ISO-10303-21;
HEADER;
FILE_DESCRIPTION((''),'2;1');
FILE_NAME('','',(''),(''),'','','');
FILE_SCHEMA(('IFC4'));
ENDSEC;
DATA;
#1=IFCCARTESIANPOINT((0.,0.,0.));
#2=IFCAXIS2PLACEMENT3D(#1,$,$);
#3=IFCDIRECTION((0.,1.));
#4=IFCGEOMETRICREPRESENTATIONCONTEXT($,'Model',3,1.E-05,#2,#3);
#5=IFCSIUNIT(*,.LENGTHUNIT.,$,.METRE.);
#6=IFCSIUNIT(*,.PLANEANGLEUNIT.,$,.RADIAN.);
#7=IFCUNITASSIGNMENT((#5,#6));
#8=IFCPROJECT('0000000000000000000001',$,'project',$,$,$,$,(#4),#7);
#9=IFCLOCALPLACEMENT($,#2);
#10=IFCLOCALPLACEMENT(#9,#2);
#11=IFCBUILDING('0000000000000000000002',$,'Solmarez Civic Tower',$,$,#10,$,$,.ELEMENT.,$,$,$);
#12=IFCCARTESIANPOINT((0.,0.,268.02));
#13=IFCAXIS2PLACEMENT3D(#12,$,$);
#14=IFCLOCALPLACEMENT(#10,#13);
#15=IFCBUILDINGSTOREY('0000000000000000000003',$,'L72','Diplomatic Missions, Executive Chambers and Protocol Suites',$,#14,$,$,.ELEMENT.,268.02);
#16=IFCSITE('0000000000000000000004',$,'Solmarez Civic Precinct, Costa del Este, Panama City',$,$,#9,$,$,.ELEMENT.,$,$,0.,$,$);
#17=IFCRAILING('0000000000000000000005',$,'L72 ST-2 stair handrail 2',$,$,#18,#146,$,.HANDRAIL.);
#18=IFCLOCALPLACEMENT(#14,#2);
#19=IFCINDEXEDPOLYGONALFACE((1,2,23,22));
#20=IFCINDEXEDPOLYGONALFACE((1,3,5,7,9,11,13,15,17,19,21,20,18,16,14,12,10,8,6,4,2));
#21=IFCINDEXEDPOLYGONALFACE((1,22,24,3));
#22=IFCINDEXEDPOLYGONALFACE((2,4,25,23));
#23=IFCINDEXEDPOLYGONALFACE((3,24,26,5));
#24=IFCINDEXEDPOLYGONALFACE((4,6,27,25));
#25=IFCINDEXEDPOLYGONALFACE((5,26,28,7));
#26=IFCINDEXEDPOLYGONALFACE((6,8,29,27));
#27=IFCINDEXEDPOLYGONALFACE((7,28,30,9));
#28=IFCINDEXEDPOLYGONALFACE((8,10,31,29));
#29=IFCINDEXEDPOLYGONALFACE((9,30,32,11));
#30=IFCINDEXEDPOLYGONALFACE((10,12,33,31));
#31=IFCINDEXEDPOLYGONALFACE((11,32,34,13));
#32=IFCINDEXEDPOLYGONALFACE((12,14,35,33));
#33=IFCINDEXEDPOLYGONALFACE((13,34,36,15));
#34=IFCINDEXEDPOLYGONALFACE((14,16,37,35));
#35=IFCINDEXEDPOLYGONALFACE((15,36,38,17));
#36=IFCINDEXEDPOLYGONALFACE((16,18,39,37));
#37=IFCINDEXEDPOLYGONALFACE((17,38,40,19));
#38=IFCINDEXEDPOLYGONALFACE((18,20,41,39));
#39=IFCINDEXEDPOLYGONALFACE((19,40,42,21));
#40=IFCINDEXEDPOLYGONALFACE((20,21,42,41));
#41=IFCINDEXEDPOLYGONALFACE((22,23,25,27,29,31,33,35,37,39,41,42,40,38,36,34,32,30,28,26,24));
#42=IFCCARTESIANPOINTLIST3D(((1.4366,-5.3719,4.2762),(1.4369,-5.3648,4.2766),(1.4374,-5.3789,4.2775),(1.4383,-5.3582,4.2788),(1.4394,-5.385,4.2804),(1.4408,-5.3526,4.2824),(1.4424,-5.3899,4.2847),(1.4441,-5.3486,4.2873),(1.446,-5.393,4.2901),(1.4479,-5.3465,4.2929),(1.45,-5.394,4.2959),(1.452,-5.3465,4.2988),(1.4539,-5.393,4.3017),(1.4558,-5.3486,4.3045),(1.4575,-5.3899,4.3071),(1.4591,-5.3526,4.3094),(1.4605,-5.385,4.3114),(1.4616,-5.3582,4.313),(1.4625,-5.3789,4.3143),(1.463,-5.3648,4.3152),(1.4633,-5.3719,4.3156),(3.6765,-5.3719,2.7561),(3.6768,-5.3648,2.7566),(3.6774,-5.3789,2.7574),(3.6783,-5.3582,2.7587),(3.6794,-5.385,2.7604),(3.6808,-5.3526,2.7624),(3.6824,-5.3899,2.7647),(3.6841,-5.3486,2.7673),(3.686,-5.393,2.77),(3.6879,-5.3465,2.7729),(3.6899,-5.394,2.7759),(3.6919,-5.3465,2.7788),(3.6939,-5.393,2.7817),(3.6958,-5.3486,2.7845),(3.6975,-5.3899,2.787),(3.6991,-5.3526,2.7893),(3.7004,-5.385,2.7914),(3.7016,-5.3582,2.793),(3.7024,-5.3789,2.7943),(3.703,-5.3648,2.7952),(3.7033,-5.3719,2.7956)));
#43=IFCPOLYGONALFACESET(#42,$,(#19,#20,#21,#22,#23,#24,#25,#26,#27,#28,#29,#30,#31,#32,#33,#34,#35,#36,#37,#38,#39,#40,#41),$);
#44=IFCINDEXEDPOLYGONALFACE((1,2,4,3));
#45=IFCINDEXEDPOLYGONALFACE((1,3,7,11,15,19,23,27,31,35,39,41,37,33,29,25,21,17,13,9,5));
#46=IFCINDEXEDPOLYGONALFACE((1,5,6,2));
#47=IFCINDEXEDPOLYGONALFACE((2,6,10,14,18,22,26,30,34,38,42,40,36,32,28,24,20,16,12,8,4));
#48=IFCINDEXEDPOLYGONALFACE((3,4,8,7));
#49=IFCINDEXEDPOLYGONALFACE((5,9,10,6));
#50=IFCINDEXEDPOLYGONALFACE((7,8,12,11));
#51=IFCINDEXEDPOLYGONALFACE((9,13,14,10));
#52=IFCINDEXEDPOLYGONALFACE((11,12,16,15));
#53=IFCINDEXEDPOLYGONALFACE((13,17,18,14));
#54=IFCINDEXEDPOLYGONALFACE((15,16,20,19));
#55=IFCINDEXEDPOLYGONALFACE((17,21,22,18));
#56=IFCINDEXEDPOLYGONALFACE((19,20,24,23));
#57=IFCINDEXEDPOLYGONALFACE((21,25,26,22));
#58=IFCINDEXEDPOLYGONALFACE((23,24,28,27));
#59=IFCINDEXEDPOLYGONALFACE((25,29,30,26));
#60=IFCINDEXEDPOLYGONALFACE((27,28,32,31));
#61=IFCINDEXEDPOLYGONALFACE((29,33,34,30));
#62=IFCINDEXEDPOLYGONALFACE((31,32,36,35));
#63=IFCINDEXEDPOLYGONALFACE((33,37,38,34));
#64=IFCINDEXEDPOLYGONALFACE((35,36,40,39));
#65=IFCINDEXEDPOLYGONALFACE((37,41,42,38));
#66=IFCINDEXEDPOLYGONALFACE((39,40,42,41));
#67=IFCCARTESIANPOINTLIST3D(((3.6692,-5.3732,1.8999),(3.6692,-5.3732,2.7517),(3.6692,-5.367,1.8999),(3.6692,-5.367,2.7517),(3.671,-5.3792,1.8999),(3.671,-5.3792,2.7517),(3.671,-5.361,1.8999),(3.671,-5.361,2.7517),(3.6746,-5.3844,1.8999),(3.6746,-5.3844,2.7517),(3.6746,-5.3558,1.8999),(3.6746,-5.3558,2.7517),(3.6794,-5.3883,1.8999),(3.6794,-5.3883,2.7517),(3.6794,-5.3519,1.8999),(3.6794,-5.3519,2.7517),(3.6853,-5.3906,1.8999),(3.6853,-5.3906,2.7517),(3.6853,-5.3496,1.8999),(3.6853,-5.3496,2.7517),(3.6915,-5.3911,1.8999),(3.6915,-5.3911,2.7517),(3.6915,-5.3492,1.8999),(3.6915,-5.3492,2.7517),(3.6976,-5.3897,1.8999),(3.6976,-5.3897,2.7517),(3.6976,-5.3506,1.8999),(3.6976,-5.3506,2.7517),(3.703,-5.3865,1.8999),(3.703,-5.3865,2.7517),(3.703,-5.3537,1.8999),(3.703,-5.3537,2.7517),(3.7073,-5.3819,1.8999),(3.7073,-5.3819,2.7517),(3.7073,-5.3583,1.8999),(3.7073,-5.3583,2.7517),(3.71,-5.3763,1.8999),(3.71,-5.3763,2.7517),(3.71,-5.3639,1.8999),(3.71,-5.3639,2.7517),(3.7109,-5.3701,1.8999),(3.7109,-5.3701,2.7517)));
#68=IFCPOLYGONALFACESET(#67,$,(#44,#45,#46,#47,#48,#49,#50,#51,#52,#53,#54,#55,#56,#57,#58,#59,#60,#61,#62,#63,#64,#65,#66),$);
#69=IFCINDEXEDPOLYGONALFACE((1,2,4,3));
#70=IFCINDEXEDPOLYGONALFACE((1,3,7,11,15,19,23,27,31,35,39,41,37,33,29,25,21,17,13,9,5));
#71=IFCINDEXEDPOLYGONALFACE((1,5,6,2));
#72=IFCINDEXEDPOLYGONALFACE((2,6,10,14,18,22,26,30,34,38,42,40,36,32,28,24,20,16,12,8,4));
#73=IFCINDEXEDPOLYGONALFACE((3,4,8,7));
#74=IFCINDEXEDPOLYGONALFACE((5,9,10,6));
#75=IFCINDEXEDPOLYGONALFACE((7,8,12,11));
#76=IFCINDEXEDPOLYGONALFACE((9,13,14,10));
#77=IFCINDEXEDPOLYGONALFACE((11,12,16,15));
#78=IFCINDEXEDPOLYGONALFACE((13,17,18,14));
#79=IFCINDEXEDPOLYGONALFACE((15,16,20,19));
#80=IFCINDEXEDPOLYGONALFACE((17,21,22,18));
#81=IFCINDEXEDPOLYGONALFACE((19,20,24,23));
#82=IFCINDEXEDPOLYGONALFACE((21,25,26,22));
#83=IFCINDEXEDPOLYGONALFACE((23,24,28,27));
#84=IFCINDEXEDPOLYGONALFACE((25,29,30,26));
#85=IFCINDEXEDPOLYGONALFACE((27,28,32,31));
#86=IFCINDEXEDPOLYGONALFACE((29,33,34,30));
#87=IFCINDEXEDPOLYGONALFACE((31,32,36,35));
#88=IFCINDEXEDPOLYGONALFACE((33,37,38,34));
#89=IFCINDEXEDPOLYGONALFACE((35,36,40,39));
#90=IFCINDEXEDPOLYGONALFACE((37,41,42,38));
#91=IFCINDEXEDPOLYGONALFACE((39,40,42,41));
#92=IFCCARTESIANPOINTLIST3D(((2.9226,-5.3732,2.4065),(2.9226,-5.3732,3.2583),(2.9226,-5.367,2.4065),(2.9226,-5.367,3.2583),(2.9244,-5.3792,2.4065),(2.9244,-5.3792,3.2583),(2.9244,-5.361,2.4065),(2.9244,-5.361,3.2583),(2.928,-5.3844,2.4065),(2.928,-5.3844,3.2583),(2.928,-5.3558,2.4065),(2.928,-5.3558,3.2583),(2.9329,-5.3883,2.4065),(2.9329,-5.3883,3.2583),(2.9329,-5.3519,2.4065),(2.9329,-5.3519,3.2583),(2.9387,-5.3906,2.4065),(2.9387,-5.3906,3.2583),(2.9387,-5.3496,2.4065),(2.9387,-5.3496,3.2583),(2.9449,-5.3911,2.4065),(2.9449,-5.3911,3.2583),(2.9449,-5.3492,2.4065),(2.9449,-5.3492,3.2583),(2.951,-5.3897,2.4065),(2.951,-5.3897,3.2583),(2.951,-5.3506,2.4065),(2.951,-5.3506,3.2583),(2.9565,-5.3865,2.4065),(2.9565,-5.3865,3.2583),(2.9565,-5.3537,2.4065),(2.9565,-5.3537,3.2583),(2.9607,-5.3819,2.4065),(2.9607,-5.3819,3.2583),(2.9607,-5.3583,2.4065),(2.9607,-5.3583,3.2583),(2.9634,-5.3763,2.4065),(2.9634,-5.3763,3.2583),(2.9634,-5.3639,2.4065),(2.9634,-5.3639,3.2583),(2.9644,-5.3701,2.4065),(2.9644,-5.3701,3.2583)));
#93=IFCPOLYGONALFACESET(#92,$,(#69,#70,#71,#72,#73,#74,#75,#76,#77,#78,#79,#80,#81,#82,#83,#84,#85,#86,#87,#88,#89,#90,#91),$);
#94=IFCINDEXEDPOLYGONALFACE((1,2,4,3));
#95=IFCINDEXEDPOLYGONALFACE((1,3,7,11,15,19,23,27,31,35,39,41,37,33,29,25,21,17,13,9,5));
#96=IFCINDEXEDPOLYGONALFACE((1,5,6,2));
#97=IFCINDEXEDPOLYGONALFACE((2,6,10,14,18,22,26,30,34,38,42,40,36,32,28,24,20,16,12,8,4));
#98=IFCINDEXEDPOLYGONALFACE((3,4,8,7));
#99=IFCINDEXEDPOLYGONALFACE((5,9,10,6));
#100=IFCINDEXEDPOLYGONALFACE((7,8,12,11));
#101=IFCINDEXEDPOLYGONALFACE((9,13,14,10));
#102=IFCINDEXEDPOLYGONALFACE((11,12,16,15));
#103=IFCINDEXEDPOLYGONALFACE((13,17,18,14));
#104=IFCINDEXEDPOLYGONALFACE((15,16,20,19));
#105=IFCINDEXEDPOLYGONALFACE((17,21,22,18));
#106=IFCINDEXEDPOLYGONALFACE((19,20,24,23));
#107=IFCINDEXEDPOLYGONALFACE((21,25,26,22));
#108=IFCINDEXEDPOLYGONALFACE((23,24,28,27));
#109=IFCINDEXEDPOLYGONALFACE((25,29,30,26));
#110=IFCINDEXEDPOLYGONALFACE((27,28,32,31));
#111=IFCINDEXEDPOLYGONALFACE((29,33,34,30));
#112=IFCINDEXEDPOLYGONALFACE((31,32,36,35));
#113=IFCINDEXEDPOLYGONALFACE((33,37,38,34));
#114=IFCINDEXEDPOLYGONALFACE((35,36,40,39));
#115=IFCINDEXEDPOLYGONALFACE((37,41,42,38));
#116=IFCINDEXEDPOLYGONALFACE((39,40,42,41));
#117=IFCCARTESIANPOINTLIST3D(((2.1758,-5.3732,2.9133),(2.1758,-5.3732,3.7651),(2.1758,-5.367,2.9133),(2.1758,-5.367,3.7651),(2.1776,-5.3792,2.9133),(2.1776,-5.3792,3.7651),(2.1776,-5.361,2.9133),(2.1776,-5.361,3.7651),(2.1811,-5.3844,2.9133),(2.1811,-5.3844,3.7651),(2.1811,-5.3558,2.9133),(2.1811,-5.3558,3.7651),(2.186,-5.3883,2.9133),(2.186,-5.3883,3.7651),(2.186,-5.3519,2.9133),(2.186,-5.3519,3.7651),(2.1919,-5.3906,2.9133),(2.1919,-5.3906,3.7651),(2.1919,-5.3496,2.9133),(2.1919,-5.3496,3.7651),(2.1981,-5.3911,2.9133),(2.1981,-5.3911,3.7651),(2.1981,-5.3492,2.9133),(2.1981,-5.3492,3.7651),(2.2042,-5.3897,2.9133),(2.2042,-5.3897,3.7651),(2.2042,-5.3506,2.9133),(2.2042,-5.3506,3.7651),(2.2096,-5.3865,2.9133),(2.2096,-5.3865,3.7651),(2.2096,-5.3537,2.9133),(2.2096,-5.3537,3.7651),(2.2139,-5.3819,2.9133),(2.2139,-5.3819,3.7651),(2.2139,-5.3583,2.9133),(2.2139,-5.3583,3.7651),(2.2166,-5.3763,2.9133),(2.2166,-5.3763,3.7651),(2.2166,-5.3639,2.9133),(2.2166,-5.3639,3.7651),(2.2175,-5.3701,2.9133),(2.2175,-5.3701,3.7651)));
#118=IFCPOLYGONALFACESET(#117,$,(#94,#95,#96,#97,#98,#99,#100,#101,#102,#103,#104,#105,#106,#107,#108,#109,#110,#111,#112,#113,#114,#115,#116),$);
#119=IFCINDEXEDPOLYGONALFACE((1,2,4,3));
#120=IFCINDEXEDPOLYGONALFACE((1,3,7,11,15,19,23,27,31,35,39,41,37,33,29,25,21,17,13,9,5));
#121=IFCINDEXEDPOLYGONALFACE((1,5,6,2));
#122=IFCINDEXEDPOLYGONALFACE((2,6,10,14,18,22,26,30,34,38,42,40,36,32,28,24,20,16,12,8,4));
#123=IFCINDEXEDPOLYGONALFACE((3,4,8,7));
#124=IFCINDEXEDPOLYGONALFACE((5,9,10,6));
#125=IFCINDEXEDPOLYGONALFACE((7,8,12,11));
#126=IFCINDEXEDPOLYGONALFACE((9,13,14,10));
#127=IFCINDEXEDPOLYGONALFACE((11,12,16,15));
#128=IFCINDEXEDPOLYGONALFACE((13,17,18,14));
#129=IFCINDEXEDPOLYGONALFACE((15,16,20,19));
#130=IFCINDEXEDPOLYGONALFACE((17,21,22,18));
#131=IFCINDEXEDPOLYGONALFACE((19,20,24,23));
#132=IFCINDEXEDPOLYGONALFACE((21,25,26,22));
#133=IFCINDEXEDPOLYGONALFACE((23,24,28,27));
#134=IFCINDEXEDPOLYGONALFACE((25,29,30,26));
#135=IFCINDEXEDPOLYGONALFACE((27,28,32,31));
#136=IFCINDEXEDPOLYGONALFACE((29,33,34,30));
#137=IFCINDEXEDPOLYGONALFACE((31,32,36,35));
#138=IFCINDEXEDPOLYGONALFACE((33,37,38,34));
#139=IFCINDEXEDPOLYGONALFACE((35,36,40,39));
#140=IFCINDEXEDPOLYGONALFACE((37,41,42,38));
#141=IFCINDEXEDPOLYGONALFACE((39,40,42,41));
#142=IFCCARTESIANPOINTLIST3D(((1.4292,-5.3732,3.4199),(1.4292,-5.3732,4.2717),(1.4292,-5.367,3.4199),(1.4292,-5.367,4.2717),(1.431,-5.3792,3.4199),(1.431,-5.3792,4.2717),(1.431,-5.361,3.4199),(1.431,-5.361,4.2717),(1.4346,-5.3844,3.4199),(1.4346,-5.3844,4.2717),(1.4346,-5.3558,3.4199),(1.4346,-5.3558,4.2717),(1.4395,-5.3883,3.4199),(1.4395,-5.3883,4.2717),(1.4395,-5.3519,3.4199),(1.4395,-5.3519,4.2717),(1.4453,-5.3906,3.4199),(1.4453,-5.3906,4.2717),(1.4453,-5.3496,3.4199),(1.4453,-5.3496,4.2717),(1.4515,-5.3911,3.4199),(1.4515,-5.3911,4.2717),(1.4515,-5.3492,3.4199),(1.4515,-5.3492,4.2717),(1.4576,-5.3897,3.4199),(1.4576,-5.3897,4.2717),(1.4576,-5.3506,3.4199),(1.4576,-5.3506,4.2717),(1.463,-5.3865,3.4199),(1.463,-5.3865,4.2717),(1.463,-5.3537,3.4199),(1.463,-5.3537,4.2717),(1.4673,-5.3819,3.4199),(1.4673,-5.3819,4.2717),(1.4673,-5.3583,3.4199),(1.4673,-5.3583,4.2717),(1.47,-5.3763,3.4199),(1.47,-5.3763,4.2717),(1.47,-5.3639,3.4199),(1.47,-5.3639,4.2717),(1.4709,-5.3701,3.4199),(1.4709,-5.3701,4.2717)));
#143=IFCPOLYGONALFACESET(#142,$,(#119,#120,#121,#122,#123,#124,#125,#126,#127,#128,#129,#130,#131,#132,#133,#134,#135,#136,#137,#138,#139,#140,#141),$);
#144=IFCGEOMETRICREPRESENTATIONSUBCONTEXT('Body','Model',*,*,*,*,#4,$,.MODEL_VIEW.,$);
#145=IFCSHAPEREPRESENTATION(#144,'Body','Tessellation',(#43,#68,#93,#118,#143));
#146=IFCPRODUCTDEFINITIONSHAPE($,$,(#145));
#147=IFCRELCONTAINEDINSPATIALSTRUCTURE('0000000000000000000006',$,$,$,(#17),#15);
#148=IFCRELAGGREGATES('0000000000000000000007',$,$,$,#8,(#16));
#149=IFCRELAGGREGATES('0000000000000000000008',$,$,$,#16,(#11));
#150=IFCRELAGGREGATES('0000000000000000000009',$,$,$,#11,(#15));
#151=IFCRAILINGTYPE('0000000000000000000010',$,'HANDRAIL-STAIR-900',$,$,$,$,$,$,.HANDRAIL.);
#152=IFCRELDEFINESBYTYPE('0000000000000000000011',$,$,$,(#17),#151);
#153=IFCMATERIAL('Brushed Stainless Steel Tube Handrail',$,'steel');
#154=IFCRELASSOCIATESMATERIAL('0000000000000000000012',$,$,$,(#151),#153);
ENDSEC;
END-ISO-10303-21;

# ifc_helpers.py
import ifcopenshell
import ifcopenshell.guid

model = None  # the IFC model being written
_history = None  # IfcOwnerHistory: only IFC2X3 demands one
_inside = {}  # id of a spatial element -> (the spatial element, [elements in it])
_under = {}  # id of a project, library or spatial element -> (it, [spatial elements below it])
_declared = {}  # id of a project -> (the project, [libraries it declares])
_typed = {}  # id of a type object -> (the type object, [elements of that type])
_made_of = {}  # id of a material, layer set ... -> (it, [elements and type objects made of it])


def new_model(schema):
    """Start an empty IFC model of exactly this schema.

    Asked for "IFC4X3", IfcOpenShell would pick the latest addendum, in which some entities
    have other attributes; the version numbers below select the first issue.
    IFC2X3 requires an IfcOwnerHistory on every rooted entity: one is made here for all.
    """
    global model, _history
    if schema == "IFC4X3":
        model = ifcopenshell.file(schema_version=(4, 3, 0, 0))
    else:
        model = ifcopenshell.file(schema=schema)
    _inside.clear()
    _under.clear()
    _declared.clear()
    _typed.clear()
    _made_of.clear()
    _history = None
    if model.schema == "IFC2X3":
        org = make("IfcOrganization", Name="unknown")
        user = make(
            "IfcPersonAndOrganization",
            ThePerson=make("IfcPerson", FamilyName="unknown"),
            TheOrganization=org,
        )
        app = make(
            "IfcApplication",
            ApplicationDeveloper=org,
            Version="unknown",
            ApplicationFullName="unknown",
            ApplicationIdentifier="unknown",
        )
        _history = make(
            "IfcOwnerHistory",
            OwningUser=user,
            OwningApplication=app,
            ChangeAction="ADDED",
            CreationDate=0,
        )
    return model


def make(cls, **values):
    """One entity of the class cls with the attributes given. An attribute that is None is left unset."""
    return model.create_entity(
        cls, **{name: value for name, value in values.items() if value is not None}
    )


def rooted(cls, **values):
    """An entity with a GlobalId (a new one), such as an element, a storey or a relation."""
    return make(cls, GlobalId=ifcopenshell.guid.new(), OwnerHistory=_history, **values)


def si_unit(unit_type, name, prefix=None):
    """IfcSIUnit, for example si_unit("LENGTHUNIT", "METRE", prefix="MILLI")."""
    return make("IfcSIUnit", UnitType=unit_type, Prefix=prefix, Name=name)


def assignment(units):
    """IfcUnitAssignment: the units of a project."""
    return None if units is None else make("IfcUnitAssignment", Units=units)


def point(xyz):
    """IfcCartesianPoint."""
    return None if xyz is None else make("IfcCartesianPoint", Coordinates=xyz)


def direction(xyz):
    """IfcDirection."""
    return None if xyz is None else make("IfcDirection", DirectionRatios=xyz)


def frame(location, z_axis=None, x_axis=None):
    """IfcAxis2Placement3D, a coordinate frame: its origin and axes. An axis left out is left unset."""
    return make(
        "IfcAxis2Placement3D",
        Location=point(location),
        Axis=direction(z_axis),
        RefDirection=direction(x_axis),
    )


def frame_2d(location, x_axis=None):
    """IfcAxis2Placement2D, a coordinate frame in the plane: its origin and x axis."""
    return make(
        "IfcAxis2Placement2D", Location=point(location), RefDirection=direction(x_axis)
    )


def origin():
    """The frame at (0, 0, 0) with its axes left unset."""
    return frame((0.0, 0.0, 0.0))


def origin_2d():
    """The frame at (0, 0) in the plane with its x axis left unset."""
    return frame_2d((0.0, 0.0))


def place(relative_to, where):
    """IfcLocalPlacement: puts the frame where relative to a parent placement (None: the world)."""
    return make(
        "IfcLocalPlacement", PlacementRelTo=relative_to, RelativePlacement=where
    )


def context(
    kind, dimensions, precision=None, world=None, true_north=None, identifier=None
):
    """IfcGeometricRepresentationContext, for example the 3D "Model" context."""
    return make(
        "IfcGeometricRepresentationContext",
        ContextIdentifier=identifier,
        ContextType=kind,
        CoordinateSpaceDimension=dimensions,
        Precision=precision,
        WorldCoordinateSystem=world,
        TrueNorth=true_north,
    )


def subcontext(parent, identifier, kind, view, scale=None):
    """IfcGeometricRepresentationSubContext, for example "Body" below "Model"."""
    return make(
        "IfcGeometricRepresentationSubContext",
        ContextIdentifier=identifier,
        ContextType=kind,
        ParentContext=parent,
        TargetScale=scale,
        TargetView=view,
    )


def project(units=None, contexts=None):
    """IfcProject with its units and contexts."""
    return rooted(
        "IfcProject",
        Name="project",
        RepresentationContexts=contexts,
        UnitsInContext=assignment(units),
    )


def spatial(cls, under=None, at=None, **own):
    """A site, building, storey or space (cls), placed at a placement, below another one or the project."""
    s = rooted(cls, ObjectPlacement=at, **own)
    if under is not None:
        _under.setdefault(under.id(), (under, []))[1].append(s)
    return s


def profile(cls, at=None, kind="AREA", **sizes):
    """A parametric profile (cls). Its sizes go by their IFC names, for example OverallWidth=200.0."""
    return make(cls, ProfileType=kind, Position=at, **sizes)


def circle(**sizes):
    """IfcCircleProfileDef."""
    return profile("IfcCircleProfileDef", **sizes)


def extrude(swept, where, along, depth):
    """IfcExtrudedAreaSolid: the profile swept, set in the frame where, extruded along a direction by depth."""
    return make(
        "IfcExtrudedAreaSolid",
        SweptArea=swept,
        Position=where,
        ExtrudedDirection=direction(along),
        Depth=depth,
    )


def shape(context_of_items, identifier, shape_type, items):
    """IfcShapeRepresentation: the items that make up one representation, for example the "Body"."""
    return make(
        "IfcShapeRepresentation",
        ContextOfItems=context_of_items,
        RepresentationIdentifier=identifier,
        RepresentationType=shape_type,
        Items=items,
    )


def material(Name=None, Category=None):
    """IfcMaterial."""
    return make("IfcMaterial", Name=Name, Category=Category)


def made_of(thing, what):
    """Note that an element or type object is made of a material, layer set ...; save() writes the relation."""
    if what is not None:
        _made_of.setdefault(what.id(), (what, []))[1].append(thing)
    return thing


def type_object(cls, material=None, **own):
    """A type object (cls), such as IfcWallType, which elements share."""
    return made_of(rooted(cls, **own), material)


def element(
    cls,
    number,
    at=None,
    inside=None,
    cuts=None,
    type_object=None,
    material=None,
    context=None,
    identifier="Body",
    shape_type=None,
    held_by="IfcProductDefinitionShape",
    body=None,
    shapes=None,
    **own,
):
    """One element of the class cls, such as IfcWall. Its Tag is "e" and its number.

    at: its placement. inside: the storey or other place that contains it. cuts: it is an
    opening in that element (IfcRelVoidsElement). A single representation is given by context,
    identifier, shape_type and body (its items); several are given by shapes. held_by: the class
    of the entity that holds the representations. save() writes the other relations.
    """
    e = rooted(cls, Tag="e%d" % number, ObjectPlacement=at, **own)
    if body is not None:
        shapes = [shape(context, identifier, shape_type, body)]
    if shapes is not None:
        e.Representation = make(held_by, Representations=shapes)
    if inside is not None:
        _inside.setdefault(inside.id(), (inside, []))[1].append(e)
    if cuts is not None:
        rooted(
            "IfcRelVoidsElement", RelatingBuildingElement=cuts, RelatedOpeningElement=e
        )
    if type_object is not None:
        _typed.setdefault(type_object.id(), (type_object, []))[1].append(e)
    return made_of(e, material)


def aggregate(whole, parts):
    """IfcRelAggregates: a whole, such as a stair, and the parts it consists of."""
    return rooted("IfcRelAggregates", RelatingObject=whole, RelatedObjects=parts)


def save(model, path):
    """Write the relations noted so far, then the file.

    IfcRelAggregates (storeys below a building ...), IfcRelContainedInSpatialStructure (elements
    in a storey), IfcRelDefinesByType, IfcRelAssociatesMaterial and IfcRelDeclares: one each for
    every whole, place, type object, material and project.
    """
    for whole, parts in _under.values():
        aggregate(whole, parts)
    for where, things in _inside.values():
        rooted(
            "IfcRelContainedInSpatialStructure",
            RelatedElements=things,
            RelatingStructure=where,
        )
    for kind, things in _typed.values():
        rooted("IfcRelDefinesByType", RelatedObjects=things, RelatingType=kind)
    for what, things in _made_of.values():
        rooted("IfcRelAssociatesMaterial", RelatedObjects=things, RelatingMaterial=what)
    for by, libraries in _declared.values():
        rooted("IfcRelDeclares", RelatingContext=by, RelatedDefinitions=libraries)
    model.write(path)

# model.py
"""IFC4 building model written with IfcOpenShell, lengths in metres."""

from ifc_helpers import new_model, si_unit, direction, frame, origin, origin_2d, place, context, subcontext, project, spatial, circle, extrude, material, type_object, element, save


model = new_model("IFC4")

# Units and contexts
model_context = context("Model", 3, precision=1e-05, world=origin(), true_north=direction((0.0, 1.0)))
body_context = subcontext(model_context, "Body", "Model", "MODEL_VIEW")
ifc_project = project(units=[si_unit("LENGTHUNIT", "METRE"), si_unit("PLANEANGLEUNIT", "RADIAN")], contexts=[model_context])

# Site, building, storey
site_placement = place(None, origin())
site = spatial("IfcSite", under=ifc_project, at=site_placement, Name="Solmarez Civic Precinct, Costa del Este, Panama City", CompositionType="ELEMENT", RefElevation=0.0)
building_placement = place(site_placement, origin())
building = spatial("IfcBuilding", under=site, at=building_placement, Name="Solmarez Civic Tower", CompositionType="ELEMENT")
storey_placement = place(building_placement, frame((0.0, 0.0, 268.02)))
storey = spatial("IfcBuildingStorey", under=building, at=storey_placement, Name="L72", Description="Diplomatic Missions, Executive Chambers and Protocol Suites", CompositionType="ELEMENT", Elevation=268.02)

# Railing
ifc_material_1 = material(Name="Brushed Stainless Steel Tube Handrail", Category="steel")
railing_type_1 = type_object("IfcRailingType", Name="HANDRAIL-STAIR-900", PredefinedType="HANDRAIL", material=ifc_material_1)
railing_1_placement = place(storey_placement, frame((3.6899, -5.3701, 1.8999)))
element("IfcRailing", 1, at=railing_1_placement, inside=storey, type_object=railing_type_1, Name="L72 ST-2 stair handrail 2", PredefinedType="HANDRAIL", context=body_context, shape_type="SweptSolid", body=[
    extrude(circle(Radius=0.0239, at=origin_2d()), frame((0.0, 0.0, 0.876), z_axis=(-0.827471, 0.0, 0.561508), x_axis=(0.0, -1.0, 0.0)), (0.0, 0.0, 1.0), 2.707),
    extrude(circle(Radius=0.021, at=origin_2d()), origin(), (0.0, 0.0, 1.0), 0.8518),
    extrude(circle(Radius=0.021, at=origin_2d()), frame((-0.7466, 0.0, 0.5066)), (0.0, 0.0, 1.0), 0.8518),
    extrude(circle(Radius=0.021, at=origin_2d()), frame((-1.4934, 0.0, 1.0134)), (0.0, 0.0, 1.0), 0.8518),
    extrude(circle(Radius=0.021, at=origin_2d()), frame((-2.24, 0.0, 1.52)), (0.0, 0.0, 1.0), 0.8518),
])

save(model, "model.ifc")
